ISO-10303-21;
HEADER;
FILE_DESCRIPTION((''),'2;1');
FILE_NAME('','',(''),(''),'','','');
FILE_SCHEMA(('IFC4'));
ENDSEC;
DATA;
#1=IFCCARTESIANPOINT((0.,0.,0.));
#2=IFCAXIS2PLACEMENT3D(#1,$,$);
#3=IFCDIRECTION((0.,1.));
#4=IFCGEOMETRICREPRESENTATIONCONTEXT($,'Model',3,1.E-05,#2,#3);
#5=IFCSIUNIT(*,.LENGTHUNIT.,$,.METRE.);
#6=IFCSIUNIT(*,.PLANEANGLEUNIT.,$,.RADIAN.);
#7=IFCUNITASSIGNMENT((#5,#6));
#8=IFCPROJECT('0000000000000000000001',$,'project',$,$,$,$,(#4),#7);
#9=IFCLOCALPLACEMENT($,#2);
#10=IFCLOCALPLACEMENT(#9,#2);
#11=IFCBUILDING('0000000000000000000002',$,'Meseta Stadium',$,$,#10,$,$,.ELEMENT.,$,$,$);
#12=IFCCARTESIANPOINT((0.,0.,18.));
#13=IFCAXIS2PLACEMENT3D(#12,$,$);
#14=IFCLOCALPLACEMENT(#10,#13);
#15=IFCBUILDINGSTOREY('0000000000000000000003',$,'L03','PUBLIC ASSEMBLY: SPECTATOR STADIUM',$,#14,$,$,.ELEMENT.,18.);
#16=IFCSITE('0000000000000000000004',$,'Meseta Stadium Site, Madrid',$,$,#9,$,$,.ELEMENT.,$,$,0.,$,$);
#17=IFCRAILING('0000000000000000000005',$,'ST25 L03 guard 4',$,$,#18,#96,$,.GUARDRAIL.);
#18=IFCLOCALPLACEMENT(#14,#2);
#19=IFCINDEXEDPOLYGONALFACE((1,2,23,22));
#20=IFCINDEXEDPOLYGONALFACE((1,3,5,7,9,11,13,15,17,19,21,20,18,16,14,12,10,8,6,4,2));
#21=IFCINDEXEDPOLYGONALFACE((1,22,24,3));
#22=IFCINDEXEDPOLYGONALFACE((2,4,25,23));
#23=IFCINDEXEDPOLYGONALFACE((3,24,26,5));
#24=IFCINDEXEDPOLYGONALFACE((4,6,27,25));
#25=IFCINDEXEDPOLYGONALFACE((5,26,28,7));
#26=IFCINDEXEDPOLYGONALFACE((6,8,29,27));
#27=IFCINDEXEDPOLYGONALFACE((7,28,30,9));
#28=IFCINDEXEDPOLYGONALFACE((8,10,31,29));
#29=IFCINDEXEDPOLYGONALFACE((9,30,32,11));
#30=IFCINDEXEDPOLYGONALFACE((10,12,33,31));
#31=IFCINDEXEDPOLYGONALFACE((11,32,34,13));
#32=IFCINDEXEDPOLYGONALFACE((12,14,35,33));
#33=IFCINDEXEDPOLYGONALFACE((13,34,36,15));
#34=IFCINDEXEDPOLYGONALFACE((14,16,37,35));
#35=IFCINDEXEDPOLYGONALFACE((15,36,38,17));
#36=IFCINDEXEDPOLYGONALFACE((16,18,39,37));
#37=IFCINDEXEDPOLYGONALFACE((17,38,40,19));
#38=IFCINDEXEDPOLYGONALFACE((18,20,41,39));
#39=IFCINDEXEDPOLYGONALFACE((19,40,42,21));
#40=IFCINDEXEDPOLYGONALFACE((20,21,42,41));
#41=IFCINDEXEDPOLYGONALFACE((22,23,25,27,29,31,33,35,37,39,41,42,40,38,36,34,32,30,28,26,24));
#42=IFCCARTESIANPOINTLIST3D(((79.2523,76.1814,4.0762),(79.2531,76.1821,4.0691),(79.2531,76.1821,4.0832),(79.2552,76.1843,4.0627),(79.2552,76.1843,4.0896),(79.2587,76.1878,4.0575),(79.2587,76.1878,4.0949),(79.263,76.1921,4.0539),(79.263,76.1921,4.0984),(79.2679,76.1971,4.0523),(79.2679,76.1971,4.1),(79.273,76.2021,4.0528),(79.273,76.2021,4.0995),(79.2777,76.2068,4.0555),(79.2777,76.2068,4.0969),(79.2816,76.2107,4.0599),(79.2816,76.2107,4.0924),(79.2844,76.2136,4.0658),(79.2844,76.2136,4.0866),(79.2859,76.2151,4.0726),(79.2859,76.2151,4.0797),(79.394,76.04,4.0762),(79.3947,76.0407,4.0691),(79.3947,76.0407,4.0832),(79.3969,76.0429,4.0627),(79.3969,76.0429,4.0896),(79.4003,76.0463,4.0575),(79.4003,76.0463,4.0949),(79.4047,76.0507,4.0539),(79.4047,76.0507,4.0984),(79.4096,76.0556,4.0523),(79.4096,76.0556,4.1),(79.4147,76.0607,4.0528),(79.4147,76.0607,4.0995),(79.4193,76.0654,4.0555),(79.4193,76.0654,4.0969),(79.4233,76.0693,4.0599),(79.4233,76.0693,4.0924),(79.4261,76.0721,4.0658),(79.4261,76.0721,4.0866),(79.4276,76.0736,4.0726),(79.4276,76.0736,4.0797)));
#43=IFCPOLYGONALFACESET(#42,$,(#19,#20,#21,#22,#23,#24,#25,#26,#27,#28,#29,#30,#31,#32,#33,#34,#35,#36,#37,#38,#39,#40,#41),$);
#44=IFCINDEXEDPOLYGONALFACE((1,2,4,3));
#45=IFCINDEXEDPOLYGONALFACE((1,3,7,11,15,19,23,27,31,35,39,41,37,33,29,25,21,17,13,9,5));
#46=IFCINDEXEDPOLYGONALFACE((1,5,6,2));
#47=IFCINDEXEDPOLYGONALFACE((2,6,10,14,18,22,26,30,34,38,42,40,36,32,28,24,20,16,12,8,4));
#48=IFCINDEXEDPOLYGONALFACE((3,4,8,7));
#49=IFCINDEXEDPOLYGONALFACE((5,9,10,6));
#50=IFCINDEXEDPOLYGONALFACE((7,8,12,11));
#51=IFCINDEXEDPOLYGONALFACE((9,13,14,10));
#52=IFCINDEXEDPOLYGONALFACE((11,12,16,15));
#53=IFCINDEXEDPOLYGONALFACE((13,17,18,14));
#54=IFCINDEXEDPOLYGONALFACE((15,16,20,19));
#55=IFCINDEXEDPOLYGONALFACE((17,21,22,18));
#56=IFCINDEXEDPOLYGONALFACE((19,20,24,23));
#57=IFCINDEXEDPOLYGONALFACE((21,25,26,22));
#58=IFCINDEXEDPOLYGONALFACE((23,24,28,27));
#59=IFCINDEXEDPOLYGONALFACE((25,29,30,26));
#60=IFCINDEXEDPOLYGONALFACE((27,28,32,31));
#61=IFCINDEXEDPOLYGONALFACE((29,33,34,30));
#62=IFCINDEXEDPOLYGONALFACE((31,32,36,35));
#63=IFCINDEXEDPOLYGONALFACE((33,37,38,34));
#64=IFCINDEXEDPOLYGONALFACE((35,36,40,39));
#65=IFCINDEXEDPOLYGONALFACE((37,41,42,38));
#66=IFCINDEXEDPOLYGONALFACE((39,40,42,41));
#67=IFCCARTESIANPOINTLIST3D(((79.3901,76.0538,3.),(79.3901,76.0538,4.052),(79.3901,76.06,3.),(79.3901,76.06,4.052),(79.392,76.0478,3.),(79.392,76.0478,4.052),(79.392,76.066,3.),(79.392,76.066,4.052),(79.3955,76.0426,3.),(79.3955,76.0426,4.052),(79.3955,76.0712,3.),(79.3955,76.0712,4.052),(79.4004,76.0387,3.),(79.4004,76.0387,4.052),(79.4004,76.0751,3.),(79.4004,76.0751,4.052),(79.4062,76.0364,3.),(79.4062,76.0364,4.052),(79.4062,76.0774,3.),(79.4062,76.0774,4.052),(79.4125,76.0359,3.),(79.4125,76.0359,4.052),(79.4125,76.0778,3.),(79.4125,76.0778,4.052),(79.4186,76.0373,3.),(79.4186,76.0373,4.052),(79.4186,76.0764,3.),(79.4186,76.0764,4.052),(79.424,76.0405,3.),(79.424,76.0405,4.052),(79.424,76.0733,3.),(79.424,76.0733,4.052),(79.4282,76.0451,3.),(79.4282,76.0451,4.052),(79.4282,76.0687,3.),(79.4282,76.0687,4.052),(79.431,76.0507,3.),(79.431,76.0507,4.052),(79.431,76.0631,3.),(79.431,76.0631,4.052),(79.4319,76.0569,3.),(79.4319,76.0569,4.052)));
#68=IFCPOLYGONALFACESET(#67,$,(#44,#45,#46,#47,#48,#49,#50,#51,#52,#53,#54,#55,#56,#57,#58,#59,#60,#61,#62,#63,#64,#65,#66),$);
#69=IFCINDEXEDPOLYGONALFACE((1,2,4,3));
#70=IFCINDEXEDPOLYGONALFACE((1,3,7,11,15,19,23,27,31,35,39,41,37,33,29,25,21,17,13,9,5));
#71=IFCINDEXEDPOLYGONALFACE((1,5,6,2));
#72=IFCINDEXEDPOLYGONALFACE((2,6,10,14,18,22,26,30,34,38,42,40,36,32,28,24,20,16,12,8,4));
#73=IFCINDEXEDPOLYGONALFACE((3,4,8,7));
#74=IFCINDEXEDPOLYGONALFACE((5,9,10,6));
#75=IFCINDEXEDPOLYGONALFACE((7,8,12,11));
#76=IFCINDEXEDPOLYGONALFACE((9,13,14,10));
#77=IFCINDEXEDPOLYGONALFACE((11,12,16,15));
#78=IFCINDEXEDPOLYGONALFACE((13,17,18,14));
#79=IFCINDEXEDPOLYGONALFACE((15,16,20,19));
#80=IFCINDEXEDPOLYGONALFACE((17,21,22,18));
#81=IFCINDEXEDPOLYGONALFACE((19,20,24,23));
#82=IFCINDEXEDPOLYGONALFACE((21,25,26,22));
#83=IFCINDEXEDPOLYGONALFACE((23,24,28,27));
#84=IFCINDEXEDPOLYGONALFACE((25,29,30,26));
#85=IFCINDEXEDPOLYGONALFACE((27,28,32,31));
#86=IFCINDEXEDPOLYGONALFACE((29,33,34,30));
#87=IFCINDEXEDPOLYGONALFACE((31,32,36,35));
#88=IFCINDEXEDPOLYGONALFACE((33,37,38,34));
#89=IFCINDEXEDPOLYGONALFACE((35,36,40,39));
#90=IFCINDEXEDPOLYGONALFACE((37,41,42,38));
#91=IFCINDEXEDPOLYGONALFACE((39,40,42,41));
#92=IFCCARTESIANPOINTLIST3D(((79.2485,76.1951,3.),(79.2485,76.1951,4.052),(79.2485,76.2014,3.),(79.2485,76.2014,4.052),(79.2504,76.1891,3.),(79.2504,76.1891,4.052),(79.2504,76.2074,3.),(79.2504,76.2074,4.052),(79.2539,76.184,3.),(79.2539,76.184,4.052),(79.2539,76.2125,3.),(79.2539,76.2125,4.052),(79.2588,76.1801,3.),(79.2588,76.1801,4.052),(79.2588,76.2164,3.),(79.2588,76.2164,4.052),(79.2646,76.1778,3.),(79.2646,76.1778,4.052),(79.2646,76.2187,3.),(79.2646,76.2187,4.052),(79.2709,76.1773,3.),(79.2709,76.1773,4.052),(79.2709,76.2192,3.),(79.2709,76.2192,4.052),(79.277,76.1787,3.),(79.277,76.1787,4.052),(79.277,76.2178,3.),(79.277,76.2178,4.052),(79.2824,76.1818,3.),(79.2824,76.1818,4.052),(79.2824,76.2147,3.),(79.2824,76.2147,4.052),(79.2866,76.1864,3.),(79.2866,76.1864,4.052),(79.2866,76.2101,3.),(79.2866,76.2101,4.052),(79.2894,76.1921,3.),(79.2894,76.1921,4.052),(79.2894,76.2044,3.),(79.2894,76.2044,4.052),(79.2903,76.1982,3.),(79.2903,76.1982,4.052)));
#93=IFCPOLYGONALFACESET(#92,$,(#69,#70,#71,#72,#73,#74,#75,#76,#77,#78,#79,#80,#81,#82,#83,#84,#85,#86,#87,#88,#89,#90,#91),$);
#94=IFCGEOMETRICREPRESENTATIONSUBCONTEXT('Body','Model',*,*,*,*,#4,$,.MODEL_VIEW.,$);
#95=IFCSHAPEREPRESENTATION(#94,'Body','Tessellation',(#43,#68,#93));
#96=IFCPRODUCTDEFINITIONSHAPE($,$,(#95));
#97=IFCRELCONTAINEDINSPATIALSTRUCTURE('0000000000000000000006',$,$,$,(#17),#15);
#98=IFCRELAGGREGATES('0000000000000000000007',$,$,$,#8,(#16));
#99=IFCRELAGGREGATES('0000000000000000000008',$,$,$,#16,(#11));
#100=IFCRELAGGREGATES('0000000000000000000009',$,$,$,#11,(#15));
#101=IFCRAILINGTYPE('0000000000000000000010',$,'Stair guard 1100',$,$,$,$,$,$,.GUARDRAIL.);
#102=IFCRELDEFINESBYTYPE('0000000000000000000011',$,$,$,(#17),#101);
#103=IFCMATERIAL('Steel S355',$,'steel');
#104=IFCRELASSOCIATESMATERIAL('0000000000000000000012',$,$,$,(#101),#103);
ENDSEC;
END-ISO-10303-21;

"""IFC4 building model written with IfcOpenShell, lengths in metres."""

from ifc_helpers import new_model, si_unit, direction, frame, origin, origin_2d, place, context, subcontext, project, spatial, circle, extrude, material, type_object, element, save


model = new_model("IFC4")

# Units and contexts
model_context = context("Model", 3, precision=1e-05, world=origin(), true_north=direction((0.0, 1.0)))
body_context = subcontext(model_context, "Body", "Model", "MODEL_VIEW")
ifc_project = project(units=[si_unit("LENGTHUNIT", "METRE"), si_unit("PLANEANGLEUNIT", "RADIAN")], contexts=[model_context])

# Site, building, storey
site_placement = place(None, origin())
site = spatial("IfcSite", under=ifc_project, at=site_placement, Name="Meseta Stadium Site, Madrid", CompositionType="ELEMENT", RefElevation=0.0)
building_placement = place(site_placement, origin())
building = spatial("IfcBuilding", under=site, at=building_placement, Name="Meseta Stadium", CompositionType="ELEMENT")
storey_placement = place(building_placement, frame((0.0, 0.0, 18.0)))
storey = spatial("IfcBuildingStorey", under=building, at=storey_placement, Name="L03", Description="PUBLIC ASSEMBLY: SPECTATOR STADIUM", CompositionType="ELEMENT", Elevation=18.0)

# Railing
ifc_material_1 = material(Name="Steel S355", Category="steel")
railing_type_1 = type_object("IfcRailingType", Name="Stair guard 1100", PredefinedType="GUARDRAIL", material=ifc_material_1)
railing_1_placement = place(storey_placement, frame((79.4109, 76.0569, 3.0)))
element("IfcRailing", 1, at=railing_1_placement, inside=storey, type_object=railing_type_1, Name="ST25 L03 guard 4", PredefinedType="GUARDRAIL", context=body_context, shape_type="SweptSolid", body=[
    extrude(circle(Radius=0.0239, at=origin_2d()), frame((0.0, 0.0, 1.0762), z_axis=(-0.707717, 0.706496, 0.0), x_axis=(-0.706496, -0.707717, 0.0)), (0.0, 0.0, 1.0), 0.2002),
    extrude(circle(Radius=0.021, at=origin_2d()), origin(), (0.0, 0.0, 1.0), 1.052),
    extrude(circle(Radius=0.021, at=origin_2d()), frame((-0.1416, 0.1414, 0.0)), (0.0, 0.0, 1.0), 1.052),
])

save(model, "model.ifc")
